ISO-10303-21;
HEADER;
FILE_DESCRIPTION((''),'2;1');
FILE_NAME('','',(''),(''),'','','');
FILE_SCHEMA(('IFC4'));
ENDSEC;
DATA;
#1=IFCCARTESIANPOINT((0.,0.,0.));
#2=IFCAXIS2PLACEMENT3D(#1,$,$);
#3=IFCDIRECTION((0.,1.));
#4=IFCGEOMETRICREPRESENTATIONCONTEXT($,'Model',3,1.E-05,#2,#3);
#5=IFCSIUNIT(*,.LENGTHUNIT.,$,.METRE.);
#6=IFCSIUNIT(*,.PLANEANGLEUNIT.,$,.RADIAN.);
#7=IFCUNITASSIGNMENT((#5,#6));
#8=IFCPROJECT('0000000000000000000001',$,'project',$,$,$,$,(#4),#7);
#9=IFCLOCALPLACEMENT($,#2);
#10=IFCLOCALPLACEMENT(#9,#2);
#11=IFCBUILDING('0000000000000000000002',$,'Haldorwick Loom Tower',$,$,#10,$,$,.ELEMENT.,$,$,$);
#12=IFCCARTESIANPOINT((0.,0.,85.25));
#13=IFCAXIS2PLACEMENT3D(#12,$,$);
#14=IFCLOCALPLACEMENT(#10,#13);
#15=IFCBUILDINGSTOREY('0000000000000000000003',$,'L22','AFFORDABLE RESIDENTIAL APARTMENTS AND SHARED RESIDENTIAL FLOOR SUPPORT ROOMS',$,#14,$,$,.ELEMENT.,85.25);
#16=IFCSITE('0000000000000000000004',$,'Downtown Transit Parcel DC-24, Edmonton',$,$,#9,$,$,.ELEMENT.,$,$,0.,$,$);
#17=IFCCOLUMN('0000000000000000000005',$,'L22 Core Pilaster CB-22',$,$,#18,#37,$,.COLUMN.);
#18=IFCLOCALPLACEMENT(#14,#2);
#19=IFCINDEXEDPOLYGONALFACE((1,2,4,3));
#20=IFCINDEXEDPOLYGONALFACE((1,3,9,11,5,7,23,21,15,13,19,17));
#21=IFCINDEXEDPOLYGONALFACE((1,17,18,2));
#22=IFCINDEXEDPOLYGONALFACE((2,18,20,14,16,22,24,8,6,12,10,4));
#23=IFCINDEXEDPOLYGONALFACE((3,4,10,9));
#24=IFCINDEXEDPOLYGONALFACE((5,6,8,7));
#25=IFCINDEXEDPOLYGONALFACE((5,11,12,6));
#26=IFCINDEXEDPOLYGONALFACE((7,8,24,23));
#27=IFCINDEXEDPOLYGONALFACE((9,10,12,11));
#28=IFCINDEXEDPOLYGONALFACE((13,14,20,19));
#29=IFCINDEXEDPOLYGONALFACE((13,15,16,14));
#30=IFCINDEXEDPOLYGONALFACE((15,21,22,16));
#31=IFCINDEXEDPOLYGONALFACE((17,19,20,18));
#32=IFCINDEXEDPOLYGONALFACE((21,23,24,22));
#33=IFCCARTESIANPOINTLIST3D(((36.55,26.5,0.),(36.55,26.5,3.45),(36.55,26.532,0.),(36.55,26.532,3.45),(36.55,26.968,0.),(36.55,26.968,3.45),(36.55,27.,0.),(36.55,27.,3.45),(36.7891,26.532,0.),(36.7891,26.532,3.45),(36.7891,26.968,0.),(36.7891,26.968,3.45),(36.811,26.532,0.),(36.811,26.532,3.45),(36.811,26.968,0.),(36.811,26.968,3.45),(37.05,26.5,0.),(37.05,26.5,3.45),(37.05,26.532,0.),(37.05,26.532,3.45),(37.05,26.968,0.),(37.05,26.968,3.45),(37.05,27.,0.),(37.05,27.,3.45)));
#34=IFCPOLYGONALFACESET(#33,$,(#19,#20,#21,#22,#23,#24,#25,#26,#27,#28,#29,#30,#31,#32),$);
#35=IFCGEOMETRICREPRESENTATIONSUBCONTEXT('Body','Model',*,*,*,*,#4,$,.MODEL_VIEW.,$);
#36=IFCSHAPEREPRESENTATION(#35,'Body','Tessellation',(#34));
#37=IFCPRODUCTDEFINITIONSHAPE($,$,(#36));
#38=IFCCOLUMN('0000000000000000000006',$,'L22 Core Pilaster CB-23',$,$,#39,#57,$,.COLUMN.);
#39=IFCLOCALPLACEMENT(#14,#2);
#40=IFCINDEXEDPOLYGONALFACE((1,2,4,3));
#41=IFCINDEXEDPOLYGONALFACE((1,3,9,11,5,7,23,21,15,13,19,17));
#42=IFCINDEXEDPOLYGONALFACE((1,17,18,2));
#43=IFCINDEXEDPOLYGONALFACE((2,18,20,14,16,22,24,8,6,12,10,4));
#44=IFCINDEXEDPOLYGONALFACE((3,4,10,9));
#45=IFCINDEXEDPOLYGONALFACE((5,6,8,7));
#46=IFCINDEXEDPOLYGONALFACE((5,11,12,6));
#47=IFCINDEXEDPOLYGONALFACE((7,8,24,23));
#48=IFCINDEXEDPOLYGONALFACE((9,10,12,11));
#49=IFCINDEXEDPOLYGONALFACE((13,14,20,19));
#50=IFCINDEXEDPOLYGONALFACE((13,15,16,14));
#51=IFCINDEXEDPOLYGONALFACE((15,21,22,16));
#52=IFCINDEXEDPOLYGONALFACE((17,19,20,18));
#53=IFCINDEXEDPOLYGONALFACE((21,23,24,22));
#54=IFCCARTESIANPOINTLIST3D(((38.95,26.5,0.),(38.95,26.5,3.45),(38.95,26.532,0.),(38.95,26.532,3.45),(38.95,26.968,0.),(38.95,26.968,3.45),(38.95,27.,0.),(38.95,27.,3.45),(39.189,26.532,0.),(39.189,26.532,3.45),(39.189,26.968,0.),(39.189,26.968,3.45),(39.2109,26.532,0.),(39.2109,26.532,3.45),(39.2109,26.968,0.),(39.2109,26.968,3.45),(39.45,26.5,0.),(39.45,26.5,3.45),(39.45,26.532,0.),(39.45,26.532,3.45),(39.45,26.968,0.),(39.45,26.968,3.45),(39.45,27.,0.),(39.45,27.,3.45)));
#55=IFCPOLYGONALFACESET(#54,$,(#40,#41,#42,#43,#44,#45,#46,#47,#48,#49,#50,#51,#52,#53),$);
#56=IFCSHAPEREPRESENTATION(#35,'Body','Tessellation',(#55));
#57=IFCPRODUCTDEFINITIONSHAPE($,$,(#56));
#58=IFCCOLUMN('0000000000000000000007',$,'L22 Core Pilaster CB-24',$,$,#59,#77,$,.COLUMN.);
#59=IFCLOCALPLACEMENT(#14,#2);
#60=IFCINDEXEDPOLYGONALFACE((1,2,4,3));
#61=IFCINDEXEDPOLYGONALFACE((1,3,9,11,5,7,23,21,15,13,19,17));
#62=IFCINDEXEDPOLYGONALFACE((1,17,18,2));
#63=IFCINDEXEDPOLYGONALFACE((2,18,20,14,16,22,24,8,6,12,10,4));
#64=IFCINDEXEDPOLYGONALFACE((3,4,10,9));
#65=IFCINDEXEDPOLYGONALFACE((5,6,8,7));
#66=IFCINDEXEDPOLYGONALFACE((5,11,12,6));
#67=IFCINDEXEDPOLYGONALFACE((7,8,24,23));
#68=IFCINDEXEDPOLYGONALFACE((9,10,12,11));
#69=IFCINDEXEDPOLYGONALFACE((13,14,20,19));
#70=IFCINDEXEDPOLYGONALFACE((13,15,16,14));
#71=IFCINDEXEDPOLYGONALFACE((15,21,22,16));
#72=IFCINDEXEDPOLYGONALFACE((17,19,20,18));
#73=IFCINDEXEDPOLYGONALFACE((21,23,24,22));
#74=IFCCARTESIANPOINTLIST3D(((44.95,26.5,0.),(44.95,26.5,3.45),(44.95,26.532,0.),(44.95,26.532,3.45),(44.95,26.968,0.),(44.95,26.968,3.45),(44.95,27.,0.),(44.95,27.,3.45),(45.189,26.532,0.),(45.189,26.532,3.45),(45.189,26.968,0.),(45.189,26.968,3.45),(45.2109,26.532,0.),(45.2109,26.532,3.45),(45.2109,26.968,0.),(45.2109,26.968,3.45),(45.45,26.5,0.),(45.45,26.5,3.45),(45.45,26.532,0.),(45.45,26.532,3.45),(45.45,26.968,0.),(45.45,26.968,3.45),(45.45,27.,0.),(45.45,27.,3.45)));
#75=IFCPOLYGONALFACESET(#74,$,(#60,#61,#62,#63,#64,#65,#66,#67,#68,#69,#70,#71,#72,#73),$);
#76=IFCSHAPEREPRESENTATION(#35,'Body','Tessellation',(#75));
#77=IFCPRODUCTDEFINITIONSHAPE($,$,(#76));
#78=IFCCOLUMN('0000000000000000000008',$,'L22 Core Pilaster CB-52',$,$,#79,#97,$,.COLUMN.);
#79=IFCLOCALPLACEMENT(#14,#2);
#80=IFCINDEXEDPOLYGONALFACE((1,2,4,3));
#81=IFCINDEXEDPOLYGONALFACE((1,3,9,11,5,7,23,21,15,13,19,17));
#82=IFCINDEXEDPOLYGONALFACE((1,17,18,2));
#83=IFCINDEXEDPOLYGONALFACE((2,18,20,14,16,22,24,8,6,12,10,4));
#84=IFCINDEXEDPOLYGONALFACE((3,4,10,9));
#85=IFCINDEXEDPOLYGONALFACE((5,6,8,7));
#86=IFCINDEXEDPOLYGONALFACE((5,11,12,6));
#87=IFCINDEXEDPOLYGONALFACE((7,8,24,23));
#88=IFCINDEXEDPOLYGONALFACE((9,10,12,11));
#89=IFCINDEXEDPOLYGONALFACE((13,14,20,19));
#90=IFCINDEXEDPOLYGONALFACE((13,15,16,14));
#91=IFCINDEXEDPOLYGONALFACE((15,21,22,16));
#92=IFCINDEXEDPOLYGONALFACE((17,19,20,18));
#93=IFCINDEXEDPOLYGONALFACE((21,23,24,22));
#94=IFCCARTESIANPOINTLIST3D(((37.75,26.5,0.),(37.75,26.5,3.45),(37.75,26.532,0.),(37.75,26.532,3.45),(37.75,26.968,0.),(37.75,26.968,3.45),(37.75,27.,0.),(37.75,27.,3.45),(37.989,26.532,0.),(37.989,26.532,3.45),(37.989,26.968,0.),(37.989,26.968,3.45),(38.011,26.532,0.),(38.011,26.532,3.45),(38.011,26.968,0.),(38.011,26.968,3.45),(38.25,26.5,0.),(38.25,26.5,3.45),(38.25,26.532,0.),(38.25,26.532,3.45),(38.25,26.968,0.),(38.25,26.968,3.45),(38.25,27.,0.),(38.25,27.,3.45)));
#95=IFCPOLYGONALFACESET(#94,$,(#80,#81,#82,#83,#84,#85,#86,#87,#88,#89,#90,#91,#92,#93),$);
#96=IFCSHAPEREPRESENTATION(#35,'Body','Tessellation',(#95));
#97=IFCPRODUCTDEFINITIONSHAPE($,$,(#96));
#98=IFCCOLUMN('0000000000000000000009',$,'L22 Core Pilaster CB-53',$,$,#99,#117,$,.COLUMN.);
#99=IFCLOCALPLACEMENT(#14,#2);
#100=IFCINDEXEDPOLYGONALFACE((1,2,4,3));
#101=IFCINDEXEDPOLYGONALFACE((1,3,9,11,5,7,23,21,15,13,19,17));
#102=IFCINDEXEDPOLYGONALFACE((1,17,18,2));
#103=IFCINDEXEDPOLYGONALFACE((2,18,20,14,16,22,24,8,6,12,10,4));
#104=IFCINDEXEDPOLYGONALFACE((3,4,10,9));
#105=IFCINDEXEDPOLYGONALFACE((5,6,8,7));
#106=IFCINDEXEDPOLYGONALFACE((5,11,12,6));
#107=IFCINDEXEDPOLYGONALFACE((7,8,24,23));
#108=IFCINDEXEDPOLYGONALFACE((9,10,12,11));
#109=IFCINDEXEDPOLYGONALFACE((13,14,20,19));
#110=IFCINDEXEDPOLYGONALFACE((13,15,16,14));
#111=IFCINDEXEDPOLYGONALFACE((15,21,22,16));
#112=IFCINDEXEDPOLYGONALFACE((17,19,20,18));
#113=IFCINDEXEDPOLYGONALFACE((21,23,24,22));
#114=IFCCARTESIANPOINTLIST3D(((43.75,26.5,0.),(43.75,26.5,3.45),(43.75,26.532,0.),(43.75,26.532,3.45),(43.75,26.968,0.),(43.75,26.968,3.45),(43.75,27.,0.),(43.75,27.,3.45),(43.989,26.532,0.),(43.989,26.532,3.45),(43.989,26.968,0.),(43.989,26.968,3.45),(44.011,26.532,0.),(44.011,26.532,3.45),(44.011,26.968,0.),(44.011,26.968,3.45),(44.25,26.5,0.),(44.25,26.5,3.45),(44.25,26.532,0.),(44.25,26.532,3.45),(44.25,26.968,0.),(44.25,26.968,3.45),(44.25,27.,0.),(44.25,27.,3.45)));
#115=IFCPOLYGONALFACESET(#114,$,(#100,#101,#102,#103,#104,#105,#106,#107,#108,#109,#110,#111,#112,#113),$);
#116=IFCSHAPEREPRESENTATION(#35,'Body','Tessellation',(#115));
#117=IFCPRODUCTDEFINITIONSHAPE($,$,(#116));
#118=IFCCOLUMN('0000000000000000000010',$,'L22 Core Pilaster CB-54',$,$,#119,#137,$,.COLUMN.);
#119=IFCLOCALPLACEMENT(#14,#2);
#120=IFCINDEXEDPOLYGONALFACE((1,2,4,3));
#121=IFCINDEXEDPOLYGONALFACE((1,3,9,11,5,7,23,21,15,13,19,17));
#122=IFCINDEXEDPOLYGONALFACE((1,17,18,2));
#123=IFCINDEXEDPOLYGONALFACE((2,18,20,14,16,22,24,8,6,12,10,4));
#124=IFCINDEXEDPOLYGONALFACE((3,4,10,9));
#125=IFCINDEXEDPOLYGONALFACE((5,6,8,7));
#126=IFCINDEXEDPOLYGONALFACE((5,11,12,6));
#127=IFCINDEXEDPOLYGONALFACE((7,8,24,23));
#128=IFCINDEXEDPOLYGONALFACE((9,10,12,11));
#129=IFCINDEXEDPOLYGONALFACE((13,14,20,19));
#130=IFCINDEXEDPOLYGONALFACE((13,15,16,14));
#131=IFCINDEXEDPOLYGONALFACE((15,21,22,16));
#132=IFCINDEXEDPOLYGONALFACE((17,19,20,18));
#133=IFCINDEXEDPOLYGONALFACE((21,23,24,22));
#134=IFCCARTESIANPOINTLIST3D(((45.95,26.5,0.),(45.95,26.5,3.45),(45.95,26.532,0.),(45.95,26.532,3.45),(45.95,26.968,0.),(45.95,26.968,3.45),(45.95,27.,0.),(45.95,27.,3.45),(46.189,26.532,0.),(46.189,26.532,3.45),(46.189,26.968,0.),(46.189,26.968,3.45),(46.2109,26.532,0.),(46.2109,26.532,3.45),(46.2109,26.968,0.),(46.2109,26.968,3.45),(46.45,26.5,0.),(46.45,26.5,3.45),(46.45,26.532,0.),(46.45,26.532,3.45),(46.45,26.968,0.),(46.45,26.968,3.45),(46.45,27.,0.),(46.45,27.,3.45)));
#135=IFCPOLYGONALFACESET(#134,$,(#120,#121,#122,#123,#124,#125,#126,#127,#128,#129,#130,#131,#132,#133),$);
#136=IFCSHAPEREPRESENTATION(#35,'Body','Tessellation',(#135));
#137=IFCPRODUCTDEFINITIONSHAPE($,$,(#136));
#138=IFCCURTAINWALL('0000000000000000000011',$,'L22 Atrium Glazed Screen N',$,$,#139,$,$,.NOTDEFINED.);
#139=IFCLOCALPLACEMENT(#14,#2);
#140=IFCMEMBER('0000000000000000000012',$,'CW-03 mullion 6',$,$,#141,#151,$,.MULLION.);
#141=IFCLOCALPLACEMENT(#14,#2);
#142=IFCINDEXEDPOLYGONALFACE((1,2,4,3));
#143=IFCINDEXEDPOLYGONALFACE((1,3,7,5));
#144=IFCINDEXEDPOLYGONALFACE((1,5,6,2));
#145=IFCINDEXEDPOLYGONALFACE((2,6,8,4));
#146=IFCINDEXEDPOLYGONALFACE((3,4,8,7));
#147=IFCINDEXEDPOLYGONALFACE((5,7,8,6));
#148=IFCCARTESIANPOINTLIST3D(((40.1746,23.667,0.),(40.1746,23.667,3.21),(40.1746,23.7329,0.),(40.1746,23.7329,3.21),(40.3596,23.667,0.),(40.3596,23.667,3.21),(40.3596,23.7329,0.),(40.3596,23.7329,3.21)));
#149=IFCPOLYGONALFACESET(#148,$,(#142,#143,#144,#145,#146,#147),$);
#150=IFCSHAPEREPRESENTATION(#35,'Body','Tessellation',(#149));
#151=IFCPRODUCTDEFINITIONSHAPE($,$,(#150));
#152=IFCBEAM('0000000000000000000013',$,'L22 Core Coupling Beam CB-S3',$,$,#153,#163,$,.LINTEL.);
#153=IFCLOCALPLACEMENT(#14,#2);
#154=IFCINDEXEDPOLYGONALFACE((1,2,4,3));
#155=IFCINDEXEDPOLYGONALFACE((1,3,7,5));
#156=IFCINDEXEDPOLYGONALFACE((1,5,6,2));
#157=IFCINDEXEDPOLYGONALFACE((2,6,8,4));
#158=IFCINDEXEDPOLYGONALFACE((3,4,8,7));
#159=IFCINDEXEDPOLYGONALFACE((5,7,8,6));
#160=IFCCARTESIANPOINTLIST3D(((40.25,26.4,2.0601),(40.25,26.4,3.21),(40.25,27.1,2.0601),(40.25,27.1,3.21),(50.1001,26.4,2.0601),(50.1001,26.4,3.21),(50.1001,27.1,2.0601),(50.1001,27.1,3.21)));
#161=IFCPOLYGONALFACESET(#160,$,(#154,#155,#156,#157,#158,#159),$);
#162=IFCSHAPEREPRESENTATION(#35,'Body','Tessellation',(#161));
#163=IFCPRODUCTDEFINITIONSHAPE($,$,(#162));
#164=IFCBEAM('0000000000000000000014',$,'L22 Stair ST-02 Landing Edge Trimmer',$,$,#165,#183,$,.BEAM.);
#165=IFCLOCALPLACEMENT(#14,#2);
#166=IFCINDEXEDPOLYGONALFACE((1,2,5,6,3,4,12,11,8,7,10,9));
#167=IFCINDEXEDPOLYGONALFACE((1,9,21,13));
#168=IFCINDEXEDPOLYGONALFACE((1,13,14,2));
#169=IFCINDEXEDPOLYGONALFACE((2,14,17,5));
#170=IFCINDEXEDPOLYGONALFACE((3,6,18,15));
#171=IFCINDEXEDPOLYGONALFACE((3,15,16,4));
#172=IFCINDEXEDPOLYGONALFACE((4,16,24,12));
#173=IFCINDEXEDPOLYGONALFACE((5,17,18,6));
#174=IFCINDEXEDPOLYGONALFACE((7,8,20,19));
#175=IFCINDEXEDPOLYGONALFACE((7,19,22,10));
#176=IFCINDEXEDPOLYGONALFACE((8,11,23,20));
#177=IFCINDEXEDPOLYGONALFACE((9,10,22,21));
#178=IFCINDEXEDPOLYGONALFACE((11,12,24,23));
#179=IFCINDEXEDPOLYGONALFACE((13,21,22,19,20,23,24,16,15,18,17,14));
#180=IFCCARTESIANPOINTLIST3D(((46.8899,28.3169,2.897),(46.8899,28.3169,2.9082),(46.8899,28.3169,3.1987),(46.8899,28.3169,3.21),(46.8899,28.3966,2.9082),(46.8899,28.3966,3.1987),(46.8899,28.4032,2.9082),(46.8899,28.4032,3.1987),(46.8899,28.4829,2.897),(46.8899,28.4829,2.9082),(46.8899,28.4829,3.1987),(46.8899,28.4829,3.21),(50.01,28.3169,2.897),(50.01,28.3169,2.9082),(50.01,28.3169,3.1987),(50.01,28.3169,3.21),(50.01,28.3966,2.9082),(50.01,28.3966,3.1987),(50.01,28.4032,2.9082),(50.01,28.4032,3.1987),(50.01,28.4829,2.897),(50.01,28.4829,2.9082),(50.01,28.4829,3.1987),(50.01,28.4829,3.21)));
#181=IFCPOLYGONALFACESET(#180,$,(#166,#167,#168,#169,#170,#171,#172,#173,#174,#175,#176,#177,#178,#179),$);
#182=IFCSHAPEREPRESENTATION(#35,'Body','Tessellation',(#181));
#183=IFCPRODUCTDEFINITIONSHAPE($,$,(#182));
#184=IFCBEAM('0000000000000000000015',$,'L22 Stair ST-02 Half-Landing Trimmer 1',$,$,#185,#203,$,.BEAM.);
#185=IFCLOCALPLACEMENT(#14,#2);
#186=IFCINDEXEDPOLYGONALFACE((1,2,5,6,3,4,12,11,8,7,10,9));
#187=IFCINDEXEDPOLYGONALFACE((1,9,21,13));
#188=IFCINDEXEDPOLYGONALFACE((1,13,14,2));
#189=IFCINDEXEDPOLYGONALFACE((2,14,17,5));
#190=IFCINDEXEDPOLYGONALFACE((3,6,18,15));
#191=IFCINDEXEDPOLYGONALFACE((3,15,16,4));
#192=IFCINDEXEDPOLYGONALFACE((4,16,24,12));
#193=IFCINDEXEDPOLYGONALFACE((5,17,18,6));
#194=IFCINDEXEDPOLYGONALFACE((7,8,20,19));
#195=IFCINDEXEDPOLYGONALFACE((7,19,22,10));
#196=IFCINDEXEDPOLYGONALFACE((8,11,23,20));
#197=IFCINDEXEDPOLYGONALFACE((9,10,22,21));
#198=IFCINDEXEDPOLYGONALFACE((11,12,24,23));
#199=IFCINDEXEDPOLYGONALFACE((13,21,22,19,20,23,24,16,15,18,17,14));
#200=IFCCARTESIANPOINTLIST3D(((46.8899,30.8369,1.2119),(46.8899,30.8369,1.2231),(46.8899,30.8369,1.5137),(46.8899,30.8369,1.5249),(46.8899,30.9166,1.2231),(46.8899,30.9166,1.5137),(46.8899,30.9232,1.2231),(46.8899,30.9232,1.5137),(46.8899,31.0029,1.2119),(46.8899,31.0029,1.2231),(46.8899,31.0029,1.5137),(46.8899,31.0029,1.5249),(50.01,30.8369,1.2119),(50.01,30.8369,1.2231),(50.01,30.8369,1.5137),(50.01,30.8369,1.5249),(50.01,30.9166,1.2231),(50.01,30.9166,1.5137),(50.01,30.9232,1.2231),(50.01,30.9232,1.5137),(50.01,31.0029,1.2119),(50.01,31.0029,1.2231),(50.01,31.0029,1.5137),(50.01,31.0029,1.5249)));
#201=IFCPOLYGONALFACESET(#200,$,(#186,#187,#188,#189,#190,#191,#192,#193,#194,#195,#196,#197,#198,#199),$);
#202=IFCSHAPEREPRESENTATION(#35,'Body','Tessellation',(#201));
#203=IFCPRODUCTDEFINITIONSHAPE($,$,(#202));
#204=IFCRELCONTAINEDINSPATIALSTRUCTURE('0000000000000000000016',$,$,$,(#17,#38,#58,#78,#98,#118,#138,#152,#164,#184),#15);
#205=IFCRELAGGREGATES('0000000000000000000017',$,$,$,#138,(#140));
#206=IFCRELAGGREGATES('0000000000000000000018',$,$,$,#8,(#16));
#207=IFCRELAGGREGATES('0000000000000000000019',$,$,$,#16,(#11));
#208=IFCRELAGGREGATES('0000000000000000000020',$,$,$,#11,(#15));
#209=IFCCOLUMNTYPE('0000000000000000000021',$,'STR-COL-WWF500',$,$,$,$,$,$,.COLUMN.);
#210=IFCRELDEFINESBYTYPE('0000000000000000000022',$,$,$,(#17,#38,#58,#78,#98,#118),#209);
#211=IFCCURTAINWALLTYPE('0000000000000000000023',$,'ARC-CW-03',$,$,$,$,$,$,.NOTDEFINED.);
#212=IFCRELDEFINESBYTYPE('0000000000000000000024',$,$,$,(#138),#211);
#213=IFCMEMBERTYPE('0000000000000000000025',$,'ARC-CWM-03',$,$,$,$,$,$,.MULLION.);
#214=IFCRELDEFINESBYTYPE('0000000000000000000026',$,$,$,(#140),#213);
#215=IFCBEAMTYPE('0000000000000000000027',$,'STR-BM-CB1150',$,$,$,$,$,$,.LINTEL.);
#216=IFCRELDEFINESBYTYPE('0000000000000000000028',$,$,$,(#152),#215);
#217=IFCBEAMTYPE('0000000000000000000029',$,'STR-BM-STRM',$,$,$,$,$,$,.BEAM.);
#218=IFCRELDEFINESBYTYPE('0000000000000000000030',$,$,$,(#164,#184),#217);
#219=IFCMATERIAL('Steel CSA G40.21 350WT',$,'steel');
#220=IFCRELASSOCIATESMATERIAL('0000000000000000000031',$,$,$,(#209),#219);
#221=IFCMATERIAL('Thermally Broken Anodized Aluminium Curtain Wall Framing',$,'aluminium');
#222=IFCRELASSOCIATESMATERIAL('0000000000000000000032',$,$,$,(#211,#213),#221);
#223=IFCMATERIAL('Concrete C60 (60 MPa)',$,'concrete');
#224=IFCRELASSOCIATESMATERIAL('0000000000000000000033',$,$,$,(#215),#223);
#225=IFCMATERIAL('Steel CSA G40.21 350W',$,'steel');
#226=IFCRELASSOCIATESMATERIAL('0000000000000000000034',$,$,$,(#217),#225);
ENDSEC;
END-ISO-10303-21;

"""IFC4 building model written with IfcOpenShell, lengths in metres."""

from ifc_helpers import new_model, si_unit, direction, frame, origin, origin_2d, place, context, subcontext, project, spatial, rectangle, i_section, extrude, material, material_profile, profile_set, type_object, element, aggregate, save


model = new_model("IFC4")

# Units and contexts
model_context = context("Model", 3, precision=1e-05, world=origin(), true_north=direction((0.0, 1.0)))
body_context = subcontext(model_context, "Body", "Model", "MODEL_VIEW")
ifc_project = project(units=[si_unit("LENGTHUNIT", "METRE"), si_unit("PLANEANGLEUNIT", "RADIAN")], contexts=[model_context])

# Site, building, storey
site_placement = place(None, origin())
site = spatial("IfcSite", under=ifc_project, at=site_placement, Name="Downtown Transit Parcel DC-24, Edmonton", CompositionType="ELEMENT", RefElevation=0.0)
building_placement = place(site_placement, origin())
building = spatial("IfcBuilding", under=site, at=building_placement, Name="Haldorwick Loom Tower", CompositionType="ELEMENT")
storey_placement = place(building_placement, frame((0.0, 0.0, 85.25)))
storey = spatial("IfcBuildingStorey", under=building, at=storey_placement, Name="L22", Description="AFFORDABLE RESIDENTIAL APARTMENTS AND SHARED RESIDENTIAL FLOOR SUPPORT ROOMS", CompositionType="ELEMENT", Elevation=85.25)

# Columns
ifc_material_1 = material(Name="Steel CSA G40.21 350WT", Category="steel")
ifc_material_profile_1 = material_profile(ifc_material_1, i_section(OverallWidth=0.5, OverallDepth=0.5, WebThickness=0.022, FlangeThickness=0.032, at=origin_2d()), Name="WWF500X500", Category="steel")
ifc_profile_set_1 = profile_set([ifc_material_profile_1], Name="Steel CSA G40.21 350WT")
column_type = type_object("IfcColumnType", Name="STR-COL-WWF500", PredefinedType="COLUMN", material=ifc_profile_set_1)
for number, where, z_axis, x_axis, name in (
    (1, (36.8, 26.75, 0.0), (0.0, 0.0, 1.0), (1.0, 0.0, 0.0), "L22 Core Pilaster CB-22"),
    (2, (39.2, 26.75, 0.0), (0.0, 0.0, 1.0), (1.0, 0.0, 0.0), "L22 Core Pilaster CB-23"),
    (3, (45.2, 26.75, 0.0), (0.0, 0.0, 1.0), (1.0, 0.0, 0.0), "L22 Core Pilaster CB-24"),
    (4, (38.0, 26.75, 0.0), (0.0, 0.0, 1.0), (1.0, 0.0, 0.0), "L22 Core Pilaster CB-52"),
    (5, (44.0, 26.75, 0.0), (0.0, 0.0, 1.0), (1.0, 0.0, 0.0), "L22 Core Pilaster CB-53"),
    (6, (46.2, 26.75, 0.0), (0.0, 0.0, 1.0), (1.0, 0.0, 0.0), "L22 Core Pilaster CB-54"),
):
    element("IfcColumn", number, at=place(storey_placement, frame(where, z_axis=z_axis, x_axis=x_axis)), inside=storey, type_object=column_type, Name=name, PredefinedType="COLUMN", context=body_context, shape_type="SweptSolid", body=[
        extrude(i_section(OverallWidth=0.5, OverallDepth=0.5, WebThickness=0.022, FlangeThickness=0.032, at=origin_2d()), origin(), (0.0, 0.0, 1.0), 3.45),
    ])

# Curtain wall, member
ifc_material_2 = material(Name="Thermally Broken Anodized Aluminium Curtain Wall Framing", Category="aluminium")
curtain_wall_type = type_object("IfcCurtainWallType", Name="ARC-CW-03", PredefinedType="NOTDEFINED", material=ifc_material_2)
curtain_wall_placement = place(storey_placement, origin())
curtain_wall = element("IfcCurtainWall", 7, at=curtain_wall_placement, inside=storey, type_object=curtain_wall_type, Name="L22 Atrium Glazed Screen N", PredefinedType="NOTDEFINED")
ifc_material_profile_2 = material_profile(ifc_material_2, rectangle(XDim=0.0659, YDim=0.1851, at=origin_2d()), Name="ALU_MUL_66X185", Category="aluminium")
ifc_profile_set_2 = profile_set([ifc_material_profile_2], Name="Thermally Broken Anodized Aluminium Curtain Wall Framing")
member_type = type_object("IfcMemberType", Name="ARC-CWM-03", PredefinedType="MULLION", material=ifc_profile_set_2)
member_placement = place(storey_placement, frame((40.2671, 23.7, 0.0), z_axis=(0.0, 0.0, 1.0), x_axis=(0.0, 1.0, 0.0)))
member = element("IfcMember", 8, at=member_placement, type_object=member_type, Name="CW-03 mullion 6", PredefinedType="MULLION", context=body_context, shape_type="SweptSolid", body=[
    extrude(rectangle(XDim=0.0659, YDim=0.1851, at=origin_2d()), origin(), (0.0, 0.0, 1.0), 3.21),
])

# Beams
ifc_material_3 = material(Name="Concrete C60 (60 MPa)", Category="concrete")
ifc_material_profile_3 = material_profile(ifc_material_3, rectangle(XDim=0.7, YDim=1.1499, at=origin_2d()), Name="RC700X1150", Category="concrete")
ifc_profile_set_3 = profile_set([ifc_material_profile_3], Name="Concrete C60 (60 MPa)")
beam_type_1 = type_object("IfcBeamType", Name="STR-BM-CB1150", PredefinedType="LINTEL", material=ifc_profile_set_3)
beam_placement = place(storey_placement, frame((40.25, 26.75, 2.635), z_axis=(1.0, 0.0, 0.0), x_axis=(0.0, 1.0, 0.0)))
element("IfcBeam", 9, at=beam_placement, inside=storey, type_object=beam_type_1, Name="L22 Core Coupling Beam CB-S3", PredefinedType="LINTEL", context=body_context, shape_type="SweptSolid", body=[
    extrude(rectangle(XDim=0.7, YDim=1.1499, at=origin_2d()), origin(), (0.0, 0.0, 1.0), 9.8501),
])
ifc_material_4 = material(Name="Steel CSA G40.21 350W", Category="steel")
ifc_material_profile_4 = material_profile(ifc_material_4, i_section(OverallWidth=0.166, OverallDepth=0.313, WebThickness=0.0066, FlangeThickness=0.0112, at=origin_2d()), Name="W310X45", Category="steel")
ifc_profile_set_4 = profile_set([ifc_material_profile_4], Name="Steel CSA G40.21 350W")
beam_type_2 = type_object("IfcBeamType", Name="STR-BM-STRM", PredefinedType="BEAM", material=ifc_profile_set_4)
for number, where, z_axis, x_axis, name in (
    (10, (46.8899, 28.3999, 3.0535), (1.0, 0.0, 0.0), (0.0, 1.0, 0.0), "L22 Stair ST-02 Landing Edge Trimmer"),
    (11, (46.8899, 30.9199, 1.3684), (1.0, 0.0, 0.0), (0.0, 1.0, 0.0), "L22 Stair ST-02 Half-Landing Trimmer 1"),
):
    element("IfcBeam", number, at=place(storey_placement, frame(where, z_axis=z_axis, x_axis=x_axis)), inside=storey, type_object=beam_type_2, Name=name, PredefinedType="BEAM", context=body_context, shape_type="SweptSolid", body=[
        extrude(i_section(OverallWidth=0.166, OverallDepth=0.313, WebThickness=0.0066, FlangeThickness=0.0112, at=origin_2d()), origin(), (0.0, 0.0, 1.0), 3.1201),
    ])

aggregate(curtain_wall, [member])

save(model, "model.ifc")
